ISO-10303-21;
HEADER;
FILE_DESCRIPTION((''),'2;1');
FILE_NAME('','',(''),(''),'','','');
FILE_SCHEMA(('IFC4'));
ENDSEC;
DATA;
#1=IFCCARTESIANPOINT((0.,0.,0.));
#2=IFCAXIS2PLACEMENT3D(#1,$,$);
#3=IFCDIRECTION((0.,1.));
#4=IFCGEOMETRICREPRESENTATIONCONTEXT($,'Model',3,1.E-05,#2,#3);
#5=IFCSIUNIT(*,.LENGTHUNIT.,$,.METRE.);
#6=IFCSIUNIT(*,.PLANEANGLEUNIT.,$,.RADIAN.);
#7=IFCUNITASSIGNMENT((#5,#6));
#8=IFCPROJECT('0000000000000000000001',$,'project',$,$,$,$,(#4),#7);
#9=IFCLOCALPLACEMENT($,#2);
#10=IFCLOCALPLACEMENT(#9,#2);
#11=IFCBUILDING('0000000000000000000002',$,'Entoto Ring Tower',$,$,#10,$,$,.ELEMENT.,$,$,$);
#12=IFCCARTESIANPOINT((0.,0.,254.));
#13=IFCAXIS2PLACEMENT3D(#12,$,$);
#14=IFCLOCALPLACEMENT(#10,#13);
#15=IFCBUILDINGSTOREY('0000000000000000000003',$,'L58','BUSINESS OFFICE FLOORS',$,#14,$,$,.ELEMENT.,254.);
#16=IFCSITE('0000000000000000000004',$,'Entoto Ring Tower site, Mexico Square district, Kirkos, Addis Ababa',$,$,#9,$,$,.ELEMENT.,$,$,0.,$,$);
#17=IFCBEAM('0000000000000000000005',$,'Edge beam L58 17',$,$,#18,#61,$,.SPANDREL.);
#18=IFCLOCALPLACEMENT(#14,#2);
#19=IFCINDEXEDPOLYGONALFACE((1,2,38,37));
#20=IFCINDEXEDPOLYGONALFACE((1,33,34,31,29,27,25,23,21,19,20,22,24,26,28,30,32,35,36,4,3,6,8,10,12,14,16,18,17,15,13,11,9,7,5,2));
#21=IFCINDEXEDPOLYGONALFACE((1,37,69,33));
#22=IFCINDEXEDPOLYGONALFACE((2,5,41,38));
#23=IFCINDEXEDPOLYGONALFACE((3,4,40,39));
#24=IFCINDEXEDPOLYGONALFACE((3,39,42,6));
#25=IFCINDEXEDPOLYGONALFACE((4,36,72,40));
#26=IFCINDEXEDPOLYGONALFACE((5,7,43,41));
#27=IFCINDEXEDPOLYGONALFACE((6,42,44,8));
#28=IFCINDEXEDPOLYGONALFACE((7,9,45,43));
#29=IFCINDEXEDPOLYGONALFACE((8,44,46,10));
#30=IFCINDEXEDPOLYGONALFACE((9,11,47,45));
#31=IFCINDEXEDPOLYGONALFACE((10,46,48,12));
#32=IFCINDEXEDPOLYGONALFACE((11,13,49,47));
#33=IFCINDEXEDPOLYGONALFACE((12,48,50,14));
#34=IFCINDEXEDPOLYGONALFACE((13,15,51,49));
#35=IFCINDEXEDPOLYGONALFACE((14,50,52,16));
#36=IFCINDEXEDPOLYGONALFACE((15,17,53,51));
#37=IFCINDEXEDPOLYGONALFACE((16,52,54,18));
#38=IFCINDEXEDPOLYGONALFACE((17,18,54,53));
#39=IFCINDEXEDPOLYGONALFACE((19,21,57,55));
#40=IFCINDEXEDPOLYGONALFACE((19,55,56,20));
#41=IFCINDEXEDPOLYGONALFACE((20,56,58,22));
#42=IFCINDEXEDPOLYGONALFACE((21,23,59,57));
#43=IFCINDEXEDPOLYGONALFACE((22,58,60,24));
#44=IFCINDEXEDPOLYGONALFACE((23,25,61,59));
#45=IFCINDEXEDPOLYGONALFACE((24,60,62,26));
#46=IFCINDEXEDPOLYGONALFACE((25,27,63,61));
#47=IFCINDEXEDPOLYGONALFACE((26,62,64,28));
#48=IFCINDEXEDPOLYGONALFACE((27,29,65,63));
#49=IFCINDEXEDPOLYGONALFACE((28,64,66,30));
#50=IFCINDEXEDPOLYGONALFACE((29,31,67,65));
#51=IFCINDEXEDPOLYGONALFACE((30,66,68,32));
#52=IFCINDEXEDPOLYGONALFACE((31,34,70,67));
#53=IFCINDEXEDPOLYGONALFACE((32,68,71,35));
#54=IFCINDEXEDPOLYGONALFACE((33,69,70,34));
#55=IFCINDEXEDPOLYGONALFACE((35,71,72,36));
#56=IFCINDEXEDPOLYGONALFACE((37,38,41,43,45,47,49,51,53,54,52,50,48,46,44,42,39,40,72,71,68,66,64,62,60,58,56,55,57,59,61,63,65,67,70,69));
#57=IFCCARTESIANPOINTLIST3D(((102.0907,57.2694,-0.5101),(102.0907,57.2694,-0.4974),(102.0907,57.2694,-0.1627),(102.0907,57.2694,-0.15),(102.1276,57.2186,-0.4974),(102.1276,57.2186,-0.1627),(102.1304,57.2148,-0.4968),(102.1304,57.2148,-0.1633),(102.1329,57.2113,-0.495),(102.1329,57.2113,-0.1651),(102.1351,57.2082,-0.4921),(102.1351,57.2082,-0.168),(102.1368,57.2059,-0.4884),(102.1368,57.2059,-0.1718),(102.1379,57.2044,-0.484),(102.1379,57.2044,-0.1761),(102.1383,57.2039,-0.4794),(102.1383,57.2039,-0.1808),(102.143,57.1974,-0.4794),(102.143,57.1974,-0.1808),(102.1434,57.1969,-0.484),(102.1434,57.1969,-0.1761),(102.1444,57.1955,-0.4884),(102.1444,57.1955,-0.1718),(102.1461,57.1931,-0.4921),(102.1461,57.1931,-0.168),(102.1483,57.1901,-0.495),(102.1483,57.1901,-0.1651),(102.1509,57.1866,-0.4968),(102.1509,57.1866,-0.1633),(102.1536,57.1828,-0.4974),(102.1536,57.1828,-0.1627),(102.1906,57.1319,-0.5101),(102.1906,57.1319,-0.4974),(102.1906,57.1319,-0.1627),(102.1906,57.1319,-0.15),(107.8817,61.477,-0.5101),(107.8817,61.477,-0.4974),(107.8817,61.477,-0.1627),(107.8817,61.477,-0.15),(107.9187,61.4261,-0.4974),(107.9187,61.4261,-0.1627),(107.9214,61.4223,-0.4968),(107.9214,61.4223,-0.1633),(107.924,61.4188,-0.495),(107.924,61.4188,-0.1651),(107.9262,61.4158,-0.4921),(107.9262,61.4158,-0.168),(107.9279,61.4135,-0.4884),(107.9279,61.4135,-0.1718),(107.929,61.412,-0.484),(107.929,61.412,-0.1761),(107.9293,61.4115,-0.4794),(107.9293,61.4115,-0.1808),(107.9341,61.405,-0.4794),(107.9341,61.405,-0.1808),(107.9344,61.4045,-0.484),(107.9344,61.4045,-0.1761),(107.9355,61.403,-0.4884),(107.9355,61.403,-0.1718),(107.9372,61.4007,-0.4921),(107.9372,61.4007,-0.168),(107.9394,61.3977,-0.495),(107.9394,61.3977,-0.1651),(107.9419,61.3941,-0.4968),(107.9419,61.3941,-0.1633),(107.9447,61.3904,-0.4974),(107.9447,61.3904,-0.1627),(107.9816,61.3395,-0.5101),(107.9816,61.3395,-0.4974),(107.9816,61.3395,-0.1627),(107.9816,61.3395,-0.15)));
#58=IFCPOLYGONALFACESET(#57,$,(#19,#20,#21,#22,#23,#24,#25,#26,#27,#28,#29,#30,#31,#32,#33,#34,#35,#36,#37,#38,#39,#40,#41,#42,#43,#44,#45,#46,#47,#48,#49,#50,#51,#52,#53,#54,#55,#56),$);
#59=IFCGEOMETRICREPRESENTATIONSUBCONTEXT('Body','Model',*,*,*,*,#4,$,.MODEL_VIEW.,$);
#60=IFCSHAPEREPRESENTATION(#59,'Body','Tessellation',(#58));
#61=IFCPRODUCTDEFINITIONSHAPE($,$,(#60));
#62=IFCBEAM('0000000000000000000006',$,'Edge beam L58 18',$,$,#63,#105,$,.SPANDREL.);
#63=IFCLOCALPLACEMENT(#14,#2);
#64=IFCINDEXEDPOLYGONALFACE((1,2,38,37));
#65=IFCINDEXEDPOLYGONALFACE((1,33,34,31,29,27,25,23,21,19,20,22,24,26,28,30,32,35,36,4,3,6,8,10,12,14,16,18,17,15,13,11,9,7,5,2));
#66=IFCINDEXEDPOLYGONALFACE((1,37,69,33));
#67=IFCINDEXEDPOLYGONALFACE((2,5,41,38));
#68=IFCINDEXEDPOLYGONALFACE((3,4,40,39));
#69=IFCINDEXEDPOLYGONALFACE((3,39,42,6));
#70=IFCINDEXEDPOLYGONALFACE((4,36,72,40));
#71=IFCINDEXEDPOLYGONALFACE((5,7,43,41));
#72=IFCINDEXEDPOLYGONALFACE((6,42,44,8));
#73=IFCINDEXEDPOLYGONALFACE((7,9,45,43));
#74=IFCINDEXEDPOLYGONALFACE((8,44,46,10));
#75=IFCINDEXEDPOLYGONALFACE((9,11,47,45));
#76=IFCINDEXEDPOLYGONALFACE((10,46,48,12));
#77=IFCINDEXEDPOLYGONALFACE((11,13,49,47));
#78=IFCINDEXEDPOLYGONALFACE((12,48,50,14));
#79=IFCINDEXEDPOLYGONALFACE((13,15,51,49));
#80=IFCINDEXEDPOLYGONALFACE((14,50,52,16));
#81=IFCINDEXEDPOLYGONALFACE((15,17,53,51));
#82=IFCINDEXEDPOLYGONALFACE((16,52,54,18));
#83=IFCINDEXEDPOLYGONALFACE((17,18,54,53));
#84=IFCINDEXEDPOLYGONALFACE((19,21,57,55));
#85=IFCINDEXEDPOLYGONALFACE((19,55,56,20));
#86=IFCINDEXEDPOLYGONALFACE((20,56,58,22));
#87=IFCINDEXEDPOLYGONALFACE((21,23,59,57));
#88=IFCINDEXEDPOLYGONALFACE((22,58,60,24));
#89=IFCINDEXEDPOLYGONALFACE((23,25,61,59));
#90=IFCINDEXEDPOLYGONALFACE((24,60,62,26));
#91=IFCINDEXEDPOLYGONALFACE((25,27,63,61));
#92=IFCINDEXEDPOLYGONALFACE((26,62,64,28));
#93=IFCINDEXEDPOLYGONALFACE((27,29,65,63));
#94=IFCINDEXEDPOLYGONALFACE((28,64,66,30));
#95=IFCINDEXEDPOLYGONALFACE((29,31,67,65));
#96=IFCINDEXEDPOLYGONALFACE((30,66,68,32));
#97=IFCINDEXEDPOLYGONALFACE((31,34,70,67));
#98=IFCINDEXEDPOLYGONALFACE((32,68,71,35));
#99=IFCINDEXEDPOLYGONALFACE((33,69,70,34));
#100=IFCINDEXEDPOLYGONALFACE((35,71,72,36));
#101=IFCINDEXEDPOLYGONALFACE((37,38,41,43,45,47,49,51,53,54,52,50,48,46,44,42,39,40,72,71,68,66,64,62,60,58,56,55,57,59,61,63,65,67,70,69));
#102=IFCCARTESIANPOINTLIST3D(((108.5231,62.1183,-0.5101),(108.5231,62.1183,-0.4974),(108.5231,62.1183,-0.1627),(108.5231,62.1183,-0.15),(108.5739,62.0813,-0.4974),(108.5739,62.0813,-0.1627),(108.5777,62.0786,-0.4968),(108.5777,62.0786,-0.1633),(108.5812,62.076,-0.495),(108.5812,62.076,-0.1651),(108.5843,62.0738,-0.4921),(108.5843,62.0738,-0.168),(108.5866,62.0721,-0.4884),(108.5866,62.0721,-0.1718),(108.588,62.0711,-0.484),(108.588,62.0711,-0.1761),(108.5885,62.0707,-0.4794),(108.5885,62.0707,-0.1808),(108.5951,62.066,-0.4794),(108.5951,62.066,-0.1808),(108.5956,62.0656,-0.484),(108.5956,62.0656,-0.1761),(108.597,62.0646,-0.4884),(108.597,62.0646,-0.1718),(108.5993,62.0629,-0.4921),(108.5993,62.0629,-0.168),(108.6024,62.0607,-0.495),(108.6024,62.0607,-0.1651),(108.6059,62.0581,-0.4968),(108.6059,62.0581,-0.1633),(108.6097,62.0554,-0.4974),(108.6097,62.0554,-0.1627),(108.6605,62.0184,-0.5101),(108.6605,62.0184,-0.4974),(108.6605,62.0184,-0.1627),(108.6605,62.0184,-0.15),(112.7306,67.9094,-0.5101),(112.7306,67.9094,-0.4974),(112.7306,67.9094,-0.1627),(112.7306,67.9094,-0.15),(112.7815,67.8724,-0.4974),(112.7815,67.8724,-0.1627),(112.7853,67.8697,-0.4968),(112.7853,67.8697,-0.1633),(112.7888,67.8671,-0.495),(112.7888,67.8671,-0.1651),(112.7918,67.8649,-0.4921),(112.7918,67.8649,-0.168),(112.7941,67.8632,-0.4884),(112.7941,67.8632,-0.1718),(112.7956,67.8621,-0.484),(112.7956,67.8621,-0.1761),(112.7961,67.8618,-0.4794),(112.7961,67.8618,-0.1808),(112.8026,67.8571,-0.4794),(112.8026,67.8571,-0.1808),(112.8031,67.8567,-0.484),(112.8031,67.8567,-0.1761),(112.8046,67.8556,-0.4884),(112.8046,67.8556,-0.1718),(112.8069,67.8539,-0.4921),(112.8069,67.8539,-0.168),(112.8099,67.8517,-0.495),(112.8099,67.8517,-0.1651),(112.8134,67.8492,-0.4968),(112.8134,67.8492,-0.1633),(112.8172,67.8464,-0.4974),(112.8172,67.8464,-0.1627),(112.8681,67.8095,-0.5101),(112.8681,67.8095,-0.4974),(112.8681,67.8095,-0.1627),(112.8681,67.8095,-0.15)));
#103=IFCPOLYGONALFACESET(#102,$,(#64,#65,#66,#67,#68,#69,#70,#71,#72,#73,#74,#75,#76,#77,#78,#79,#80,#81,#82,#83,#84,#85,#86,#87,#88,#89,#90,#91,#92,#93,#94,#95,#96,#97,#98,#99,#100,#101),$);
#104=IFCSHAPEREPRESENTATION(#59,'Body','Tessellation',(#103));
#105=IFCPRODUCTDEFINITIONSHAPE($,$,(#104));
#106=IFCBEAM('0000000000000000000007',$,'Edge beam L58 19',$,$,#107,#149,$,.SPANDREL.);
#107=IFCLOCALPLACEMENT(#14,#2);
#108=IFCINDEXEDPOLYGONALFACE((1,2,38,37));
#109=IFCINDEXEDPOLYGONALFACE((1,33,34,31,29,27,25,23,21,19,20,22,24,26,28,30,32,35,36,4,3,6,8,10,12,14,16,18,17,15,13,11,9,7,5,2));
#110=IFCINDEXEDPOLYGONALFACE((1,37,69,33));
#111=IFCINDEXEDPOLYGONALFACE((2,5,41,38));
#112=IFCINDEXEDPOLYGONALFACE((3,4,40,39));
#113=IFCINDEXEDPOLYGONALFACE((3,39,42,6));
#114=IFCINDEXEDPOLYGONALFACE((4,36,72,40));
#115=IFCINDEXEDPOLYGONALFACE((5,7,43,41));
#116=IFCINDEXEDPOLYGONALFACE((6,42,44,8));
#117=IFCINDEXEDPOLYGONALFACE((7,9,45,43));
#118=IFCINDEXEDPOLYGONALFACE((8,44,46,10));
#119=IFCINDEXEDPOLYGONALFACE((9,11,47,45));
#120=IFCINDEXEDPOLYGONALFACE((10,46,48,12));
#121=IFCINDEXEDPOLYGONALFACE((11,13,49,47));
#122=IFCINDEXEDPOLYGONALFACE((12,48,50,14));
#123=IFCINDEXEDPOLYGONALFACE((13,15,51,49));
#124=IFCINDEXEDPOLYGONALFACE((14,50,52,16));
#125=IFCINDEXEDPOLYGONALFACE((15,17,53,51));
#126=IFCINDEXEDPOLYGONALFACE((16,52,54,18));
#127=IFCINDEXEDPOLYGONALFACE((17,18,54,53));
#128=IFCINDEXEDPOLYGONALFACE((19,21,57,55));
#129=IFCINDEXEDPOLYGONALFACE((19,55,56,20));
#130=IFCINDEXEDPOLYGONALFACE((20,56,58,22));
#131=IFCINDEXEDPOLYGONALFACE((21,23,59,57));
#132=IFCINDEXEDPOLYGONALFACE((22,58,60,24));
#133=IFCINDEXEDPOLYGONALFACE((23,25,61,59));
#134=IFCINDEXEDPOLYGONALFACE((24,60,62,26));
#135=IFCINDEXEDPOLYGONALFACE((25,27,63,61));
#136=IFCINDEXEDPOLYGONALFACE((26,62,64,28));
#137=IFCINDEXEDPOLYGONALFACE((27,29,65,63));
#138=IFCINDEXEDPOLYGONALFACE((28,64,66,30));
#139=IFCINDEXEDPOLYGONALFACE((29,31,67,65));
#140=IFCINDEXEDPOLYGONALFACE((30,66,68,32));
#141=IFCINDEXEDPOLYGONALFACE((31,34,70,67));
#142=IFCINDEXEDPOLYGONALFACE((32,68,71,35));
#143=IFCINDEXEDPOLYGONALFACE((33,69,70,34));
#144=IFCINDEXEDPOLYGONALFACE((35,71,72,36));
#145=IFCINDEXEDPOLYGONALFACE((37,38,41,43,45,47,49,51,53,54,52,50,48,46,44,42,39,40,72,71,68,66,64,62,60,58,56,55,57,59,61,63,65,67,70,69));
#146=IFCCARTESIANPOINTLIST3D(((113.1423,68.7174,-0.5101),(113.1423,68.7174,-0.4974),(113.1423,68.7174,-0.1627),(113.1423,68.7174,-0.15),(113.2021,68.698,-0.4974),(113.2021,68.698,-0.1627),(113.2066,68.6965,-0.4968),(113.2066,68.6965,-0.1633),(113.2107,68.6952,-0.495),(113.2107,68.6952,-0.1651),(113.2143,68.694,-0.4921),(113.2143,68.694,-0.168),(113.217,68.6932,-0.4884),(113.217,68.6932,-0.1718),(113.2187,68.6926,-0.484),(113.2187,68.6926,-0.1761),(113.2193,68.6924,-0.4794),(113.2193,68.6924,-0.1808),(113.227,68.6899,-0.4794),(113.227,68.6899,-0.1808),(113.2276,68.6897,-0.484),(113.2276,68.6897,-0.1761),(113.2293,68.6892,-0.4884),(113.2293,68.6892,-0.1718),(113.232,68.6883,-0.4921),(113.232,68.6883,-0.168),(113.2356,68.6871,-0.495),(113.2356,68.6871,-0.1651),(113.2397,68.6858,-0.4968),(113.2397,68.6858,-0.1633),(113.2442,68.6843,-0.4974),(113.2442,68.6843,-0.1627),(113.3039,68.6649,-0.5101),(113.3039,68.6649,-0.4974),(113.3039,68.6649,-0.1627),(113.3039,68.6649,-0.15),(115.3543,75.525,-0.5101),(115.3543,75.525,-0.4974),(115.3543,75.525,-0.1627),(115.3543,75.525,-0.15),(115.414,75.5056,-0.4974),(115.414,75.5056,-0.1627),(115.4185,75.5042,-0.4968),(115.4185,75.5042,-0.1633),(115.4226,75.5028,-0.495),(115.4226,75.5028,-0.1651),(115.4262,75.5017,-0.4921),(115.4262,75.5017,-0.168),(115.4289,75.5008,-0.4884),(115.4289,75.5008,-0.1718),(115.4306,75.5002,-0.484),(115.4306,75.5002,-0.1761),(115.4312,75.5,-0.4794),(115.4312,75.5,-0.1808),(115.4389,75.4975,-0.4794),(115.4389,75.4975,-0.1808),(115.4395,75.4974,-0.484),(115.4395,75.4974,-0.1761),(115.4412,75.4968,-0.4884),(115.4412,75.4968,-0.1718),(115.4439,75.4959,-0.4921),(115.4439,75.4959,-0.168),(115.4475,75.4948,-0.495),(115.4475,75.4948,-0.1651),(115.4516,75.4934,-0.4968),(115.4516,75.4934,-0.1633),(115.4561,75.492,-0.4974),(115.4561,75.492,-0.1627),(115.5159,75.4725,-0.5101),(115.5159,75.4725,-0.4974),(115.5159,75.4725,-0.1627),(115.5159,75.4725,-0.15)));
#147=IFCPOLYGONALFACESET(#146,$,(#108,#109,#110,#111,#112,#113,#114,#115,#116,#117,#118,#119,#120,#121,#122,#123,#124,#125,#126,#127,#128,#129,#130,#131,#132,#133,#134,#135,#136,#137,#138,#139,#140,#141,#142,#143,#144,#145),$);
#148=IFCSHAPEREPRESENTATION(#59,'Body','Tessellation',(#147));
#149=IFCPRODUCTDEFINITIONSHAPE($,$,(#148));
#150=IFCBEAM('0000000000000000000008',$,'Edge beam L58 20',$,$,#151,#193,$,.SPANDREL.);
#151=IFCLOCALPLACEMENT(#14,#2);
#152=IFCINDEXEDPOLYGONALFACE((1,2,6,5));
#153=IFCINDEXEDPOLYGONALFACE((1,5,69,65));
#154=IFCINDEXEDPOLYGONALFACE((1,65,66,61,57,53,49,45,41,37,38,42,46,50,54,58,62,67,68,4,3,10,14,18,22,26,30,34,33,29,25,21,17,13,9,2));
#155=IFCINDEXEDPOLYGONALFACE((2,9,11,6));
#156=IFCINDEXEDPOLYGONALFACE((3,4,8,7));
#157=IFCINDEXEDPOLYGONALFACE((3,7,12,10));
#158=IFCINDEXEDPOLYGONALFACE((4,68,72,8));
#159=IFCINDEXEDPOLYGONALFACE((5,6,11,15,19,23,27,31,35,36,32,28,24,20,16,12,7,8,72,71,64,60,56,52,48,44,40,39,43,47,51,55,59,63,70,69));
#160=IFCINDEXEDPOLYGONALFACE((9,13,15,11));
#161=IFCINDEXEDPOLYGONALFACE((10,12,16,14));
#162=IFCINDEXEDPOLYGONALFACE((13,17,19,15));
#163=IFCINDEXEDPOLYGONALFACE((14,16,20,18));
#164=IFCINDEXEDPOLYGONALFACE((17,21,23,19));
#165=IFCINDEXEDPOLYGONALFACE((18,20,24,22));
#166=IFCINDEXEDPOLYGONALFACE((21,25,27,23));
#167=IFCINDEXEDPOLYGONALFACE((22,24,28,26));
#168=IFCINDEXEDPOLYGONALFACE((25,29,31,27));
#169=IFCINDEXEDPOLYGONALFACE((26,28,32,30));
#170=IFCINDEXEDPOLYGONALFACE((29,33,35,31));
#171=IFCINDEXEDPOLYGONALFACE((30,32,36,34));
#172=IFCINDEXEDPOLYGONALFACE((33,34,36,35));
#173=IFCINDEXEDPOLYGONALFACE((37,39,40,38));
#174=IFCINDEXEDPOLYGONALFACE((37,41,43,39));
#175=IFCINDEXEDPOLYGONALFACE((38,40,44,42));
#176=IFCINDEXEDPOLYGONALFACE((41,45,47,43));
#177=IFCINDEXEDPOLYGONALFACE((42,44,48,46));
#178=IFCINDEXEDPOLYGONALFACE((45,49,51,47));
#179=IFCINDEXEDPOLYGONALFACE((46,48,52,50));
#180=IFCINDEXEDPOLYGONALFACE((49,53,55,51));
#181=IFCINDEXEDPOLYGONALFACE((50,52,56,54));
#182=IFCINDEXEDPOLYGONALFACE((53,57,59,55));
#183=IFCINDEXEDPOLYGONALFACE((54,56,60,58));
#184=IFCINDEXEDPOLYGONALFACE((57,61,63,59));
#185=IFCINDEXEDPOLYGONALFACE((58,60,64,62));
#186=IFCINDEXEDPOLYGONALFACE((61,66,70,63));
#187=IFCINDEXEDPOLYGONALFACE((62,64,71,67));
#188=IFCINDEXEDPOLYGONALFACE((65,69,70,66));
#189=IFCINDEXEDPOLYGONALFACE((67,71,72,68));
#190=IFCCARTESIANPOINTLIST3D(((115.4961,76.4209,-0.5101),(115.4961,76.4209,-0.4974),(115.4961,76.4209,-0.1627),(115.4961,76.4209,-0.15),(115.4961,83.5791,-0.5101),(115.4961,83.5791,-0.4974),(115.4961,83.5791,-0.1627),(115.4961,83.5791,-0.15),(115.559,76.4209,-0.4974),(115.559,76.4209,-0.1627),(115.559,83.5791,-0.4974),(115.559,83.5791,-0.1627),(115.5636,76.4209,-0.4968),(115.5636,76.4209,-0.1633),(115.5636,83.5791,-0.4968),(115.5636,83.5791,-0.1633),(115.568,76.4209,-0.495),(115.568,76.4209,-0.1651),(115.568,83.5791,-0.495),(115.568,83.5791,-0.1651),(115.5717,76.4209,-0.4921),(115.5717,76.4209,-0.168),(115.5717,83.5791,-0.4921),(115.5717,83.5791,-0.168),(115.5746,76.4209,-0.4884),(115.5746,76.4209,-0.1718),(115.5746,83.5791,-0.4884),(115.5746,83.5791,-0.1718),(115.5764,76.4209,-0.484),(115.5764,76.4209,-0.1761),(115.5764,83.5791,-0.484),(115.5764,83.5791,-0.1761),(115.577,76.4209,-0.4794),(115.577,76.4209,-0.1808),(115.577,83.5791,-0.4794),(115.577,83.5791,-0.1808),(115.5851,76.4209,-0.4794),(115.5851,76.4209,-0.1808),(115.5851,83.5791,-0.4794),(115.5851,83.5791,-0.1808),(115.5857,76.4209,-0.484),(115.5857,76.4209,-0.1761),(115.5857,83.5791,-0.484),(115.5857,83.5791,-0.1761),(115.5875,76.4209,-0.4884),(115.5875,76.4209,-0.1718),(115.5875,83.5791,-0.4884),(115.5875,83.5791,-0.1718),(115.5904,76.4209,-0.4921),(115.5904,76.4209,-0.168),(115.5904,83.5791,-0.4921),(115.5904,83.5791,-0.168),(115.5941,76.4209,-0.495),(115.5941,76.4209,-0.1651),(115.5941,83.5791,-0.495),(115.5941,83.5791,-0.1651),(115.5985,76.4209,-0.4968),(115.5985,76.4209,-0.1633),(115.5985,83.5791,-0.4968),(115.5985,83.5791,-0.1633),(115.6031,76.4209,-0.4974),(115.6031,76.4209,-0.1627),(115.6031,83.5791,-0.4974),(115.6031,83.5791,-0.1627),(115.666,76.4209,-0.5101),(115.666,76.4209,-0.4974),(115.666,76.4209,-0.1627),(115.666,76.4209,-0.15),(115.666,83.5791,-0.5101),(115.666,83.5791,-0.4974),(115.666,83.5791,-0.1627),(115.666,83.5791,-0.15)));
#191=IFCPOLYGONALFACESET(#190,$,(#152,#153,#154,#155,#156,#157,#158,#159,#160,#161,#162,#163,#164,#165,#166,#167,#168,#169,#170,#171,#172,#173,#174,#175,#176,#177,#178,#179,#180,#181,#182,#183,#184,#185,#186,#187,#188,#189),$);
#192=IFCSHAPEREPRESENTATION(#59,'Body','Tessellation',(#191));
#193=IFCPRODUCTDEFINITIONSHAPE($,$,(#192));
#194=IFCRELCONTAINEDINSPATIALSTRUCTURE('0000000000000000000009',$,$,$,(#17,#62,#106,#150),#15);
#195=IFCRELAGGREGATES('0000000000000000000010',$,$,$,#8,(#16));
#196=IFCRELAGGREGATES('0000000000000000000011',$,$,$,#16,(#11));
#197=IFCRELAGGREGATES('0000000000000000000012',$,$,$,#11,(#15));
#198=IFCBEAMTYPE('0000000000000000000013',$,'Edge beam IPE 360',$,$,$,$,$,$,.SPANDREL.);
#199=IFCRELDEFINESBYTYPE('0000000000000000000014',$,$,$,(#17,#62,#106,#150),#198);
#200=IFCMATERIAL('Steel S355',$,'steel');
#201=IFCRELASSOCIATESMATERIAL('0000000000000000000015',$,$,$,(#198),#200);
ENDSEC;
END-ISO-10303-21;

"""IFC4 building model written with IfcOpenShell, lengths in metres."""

from ifc_helpers import new_model, si_unit, direction, frame, origin, origin_2d, place, context, subcontext, project, spatial, i_section, extrude, material, material_profile, profile_set, type_object, element, save


model = new_model("IFC4")

# Units and contexts
model_context = context("Model", 3, precision=1e-05, world=origin(), true_north=direction((0.0, 1.0)))
body_context = subcontext(model_context, "Body", "Model", "MODEL_VIEW")
ifc_project = project(units=[si_unit("LENGTHUNIT", "METRE"), si_unit("PLANEANGLEUNIT", "RADIAN")], contexts=[model_context])

# Site, building, storey
site_placement = place(None, origin())
site = spatial("IfcSite", under=ifc_project, at=site_placement, Name="Entoto Ring Tower site, Mexico Square district, Kirkos, Addis Ababa", CompositionType="ELEMENT", RefElevation=0.0)
building_placement = place(site_placement, origin())
building = spatial("IfcBuilding", under=site, at=building_placement, Name="Entoto Ring Tower", CompositionType="ELEMENT")
storey_placement = place(building_placement, frame((0.0, 0.0, 254.0)))
storey = spatial("IfcBuildingStorey", under=building, at=storey_placement, Name="L58", Description="BUSINESS OFFICE FLOORS", CompositionType="ELEMENT", Elevation=254.0)

# Beams
ifc_material_1 = material(Name="Steel S355", Category="steel")
ifc_material_profile_1 = material_profile(ifc_material_1, i_section(OverallWidth=0.1699, OverallDepth=0.3601, WebThickness=0.0081, FlangeThickness=0.0127, FilletRadius=0.0181, at=origin_2d()), Name="IPE 360")
ifc_profile_set_1 = profile_set([ifc_material_profile_1], Name="Steel S355")
beam_type_1 = type_object("IfcBeamType", Name="Edge beam IPE 360", PredefinedType="SPANDREL", material=ifc_profile_set_1)
for number, where, z_axis, x_axis, name in (
    (1, (102.1406, 57.2007, -0.3301), (0.80901, 0.587794, 0.0), (-0.587794, 0.80901, 0.0), "Edge beam L58 17"),
    (2, (108.5918, 62.0684, -0.3301), (0.587794, 0.80901, 0.0), (-0.80901, 0.587794, 0.0), "Edge beam L58 18"),
):
    element("IfcBeam", number, at=place(storey_placement, frame(where, z_axis=z_axis, x_axis=x_axis)), inside=storey, type_object=beam_type_1, Name=name, PredefinedType="SPANDREL", context=body_context, shape_type="SweptSolid", body=[
        extrude(i_section(OverallWidth=0.1699, OverallDepth=0.3601, WebThickness=0.0081, FlangeThickness=0.0127, FilletRadius=0.0181, at=origin_2d()), origin(), (0.0, 0.0, 1.0), 7.1582),
    ])
beam_1_placement = place(storey_placement, frame((113.2231, 68.6912, -0.3301), z_axis=(0.309015, 0.951057, 0.0), x_axis=(-0.951057, 0.309015, 0.0)))
element("IfcBeam", 3, at=beam_1_placement, inside=storey, type_object=beam_type_1, Name="Edge beam L58 19", PredefinedType="SPANDREL", context=body_context, shape_type="SweptSolid", body=[
    extrude(i_section(OverallWidth=0.1699, OverallDepth=0.3601, WebThickness=0.0081, FlangeThickness=0.0127, FilletRadius=0.0181, at=origin_2d()), origin(), (0.0, 0.0, 1.0), 7.158),
])
beam_2_placement = place(storey_placement, frame((115.5811, 76.4209, -0.3301), z_axis=(0.0, 1.0, 0.0), x_axis=(-1.0, 0.0, 0.0)))
element("IfcBeam", 4, at=beam_2_placement, inside=storey, type_object=beam_type_1, Name="Edge beam L58 20", PredefinedType="SPANDREL", context=body_context, shape_type="SweptSolid", body=[
    extrude(i_section(OverallWidth=0.1699, OverallDepth=0.3601, WebThickness=0.0081, FlangeThickness=0.0127, FilletRadius=0.0181, at=origin_2d()), origin(), (0.0, 0.0, 1.0), 7.1582),
])

save(model, "model.ifc")
